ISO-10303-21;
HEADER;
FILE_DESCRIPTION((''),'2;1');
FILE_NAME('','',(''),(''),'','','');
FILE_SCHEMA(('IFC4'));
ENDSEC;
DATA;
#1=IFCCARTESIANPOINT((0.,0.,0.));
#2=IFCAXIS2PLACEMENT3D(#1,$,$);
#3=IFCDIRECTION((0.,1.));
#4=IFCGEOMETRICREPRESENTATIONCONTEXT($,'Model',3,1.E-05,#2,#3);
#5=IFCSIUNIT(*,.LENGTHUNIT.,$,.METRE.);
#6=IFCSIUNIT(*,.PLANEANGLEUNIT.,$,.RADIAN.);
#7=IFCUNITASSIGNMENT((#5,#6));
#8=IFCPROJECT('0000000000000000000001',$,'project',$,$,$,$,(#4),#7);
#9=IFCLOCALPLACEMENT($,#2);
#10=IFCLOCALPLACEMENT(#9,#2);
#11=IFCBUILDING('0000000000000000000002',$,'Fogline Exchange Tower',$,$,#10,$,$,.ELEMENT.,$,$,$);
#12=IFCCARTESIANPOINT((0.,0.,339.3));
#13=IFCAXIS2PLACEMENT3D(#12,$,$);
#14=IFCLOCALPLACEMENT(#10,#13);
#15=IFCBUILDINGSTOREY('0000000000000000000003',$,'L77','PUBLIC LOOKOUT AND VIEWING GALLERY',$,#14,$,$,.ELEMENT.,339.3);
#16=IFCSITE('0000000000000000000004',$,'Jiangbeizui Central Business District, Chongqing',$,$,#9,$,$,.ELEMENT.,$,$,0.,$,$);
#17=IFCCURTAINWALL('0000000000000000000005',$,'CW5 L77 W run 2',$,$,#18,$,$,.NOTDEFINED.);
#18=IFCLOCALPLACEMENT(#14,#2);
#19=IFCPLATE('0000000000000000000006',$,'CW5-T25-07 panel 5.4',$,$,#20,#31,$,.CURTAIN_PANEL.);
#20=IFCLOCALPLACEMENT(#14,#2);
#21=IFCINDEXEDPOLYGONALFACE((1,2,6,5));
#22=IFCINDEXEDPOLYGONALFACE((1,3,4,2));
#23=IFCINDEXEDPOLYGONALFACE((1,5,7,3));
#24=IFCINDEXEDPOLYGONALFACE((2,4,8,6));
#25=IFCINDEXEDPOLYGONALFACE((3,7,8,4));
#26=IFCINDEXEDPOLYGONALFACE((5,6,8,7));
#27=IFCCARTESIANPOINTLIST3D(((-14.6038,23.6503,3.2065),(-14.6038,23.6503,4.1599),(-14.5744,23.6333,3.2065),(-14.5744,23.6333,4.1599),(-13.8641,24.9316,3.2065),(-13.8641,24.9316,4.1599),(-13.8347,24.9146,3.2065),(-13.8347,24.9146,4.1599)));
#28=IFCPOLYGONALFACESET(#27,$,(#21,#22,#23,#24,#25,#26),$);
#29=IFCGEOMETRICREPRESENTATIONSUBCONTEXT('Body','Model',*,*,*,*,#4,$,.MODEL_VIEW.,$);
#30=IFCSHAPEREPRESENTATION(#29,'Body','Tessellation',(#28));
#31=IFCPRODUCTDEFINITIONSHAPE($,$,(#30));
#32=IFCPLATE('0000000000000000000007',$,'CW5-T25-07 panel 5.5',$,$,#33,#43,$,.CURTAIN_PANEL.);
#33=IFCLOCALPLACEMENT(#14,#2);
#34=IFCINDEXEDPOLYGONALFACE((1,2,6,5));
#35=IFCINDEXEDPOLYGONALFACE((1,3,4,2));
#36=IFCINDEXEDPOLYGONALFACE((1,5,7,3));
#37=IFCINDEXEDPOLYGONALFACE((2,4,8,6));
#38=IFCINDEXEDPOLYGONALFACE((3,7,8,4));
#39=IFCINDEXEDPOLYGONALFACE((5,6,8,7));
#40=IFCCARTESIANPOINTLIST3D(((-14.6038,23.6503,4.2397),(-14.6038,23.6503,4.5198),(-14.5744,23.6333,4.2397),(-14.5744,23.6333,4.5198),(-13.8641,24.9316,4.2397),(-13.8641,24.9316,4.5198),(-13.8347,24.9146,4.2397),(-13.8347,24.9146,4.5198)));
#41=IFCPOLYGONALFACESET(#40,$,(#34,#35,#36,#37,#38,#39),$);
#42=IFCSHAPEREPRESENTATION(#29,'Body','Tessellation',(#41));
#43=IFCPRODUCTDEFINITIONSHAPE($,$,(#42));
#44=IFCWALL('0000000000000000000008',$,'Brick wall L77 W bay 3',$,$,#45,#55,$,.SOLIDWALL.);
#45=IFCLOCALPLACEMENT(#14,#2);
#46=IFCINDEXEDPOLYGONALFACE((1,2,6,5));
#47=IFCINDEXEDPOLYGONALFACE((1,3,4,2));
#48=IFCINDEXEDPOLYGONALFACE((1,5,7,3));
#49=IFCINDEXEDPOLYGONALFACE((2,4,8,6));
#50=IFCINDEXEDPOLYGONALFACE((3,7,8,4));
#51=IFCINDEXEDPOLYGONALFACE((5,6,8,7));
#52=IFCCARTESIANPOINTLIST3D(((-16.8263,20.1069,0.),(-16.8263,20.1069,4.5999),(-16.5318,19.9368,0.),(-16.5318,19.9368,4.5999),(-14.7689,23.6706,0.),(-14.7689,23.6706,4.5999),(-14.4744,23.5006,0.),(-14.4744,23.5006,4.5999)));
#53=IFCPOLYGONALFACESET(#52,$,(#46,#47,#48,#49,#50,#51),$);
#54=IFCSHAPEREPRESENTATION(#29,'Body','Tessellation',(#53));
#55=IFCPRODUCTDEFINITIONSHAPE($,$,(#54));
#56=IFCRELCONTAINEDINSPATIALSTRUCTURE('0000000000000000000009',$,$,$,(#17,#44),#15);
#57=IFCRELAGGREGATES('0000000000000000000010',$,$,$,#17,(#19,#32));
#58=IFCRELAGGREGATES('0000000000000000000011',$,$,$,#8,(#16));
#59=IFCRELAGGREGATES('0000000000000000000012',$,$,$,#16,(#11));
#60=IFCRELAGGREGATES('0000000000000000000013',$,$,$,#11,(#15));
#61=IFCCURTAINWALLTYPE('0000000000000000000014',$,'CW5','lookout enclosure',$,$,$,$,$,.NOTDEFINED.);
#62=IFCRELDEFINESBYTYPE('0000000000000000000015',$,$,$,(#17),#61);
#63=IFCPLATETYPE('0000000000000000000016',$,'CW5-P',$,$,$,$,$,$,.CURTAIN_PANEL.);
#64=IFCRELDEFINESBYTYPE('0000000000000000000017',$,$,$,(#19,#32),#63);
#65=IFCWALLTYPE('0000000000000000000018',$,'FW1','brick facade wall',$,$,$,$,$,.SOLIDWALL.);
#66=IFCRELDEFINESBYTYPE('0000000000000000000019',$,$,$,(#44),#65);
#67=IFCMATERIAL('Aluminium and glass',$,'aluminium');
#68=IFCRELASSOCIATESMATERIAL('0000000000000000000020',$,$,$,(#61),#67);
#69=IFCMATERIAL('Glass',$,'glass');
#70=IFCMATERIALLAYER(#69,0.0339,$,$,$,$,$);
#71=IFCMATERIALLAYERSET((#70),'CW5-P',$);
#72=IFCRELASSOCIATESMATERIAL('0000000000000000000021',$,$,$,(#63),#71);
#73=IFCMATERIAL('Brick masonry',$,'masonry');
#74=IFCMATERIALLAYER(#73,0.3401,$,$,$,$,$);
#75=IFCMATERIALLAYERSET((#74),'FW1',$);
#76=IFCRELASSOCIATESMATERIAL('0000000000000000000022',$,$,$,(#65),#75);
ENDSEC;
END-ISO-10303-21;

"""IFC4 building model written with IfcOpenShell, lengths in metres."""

from ifc_helpers import new_model, si_unit, direction, frame, frame_2d, origin, origin_2d, place, context, subcontext, project, spatial, rectangle, extrude, material, layer, layer_set, type_object, element, aggregate, save


model = new_model("IFC4")

# Units and contexts
model_context = context("Model", 3, precision=1e-05, world=origin(), true_north=direction((0.0, 1.0)))
body_context = subcontext(model_context, "Body", "Model", "MODEL_VIEW")
ifc_project = project(units=[si_unit("LENGTHUNIT", "METRE"), si_unit("PLANEANGLEUNIT", "RADIAN")], contexts=[model_context])

# Site, building, storey
site_placement = place(None, origin())
site = spatial("IfcSite", under=ifc_project, at=site_placement, Name="Jiangbeizui Central Business District, Chongqing", CompositionType="ELEMENT", RefElevation=0.0)
building_placement = place(site_placement, origin())
building = spatial("IfcBuilding", under=site, at=building_placement, Name="Fogline Exchange Tower", CompositionType="ELEMENT")
storey_placement = place(building_placement, frame((0.0, 0.0, 339.3)))
storey = spatial("IfcBuildingStorey", under=building, at=storey_placement, Name="L77", Description="PUBLIC LOOKOUT AND VIEWING GALLERY", CompositionType="ELEMENT", Elevation=339.3)

# Curtain wall
ifc_material_1 = material(Name="Aluminium and glass", Category="aluminium")
curtain_wall_type = type_object("IfcCurtainWallType", Name="CW5", Description="lookout enclosure", PredefinedType="NOTDEFINED", material=ifc_material_1)
curtain_wall_1_placement = place(storey_placement, origin())
curtain_wall_1 = element("IfcCurtainWall", 1, at=curtain_wall_1_placement, inside=storey, type_object=curtain_wall_type, Name="CW5 L77 W run 2", PredefinedType="NOTDEFINED")

# Plates
ifc_material_2 = material(Name="Glass", Category="glass")
ifc_layer_1 = layer(ifc_material_2, 0.0339)
ifc_layer_set_1 = layer_set([ifc_layer_1], Name="CW5-P")
plate_type = type_object("IfcPlateType", Name="CW5-P", PredefinedType="CURTAIN_PANEL", material=ifc_layer_set_1)
plate_1_placement = place(storey_placement, frame((-14.2192, 24.2825, 3.2065), z_axis=(0.0, 0.0, 1.0), x_axis=(-0.5, -0.866025, 0.0)))
plate_1 = element("IfcPlate", 2, at=plate_1_placement, type_object=plate_type, Name="CW5-T25-07 panel 5.4", PredefinedType="CURTAIN_PANEL", context=body_context, shape_type="SweptSolid", body=[
    extrude(rectangle(XDim=1.4795, YDim=0.0339, at=origin_2d()), origin(), (0.0, 0.0, 1.0), 0.9534),
])
plate_2_placement = place(storey_placement, frame((-14.2192, 24.2825, 4.2397), z_axis=(0.0, 0.0, 1.0), x_axis=(-0.5, -0.866025, 0.0)))
plate_2 = element("IfcPlate", 3, at=plate_2_placement, type_object=plate_type, Name="CW5-T25-07 panel 5.5", PredefinedType="CURTAIN_PANEL", context=body_context, shape_type="SweptSolid", body=[
    extrude(rectangle(XDim=1.4795, YDim=0.0339, at=origin_2d()), origin(), (0.0, 0.0, 1.0), 0.28),
])
aggregate(curtain_wall_1, [plate_1, plate_2])

# Wall
ifc_material_3 = material(Name="Brick masonry", Category="masonry")
ifc_layer_2 = layer(ifc_material_3, 0.3401)
ifc_layer_set_2 = layer_set([ifc_layer_2], Name="FW1")
wall_type = type_object("IfcWallType", Name="FW1", Description="brick facade wall", PredefinedType="SOLIDWALL", material=ifc_layer_set_2)
wall_placement = place(storey_placement, frame((-14.6216, 23.5857, 0.0), z_axis=(0.0, 0.0, 1.0), x_axis=(-0.499974, -0.86604, 0.0)))
element("IfcWall", 4, at=wall_placement, inside=storey, type_object=wall_type, Name="Brick wall L77 W bay 3", PredefinedType="SOLIDWALL", context=body_context, shape_type="SweptSolid", body=[
    extrude(rectangle(XDim=4.115, YDim=0.3401, at=frame_2d((2.0576, 0.0))), origin(), (0.0, 0.0, 1.0), 4.5999),
])

save(model, "model.ifc")
